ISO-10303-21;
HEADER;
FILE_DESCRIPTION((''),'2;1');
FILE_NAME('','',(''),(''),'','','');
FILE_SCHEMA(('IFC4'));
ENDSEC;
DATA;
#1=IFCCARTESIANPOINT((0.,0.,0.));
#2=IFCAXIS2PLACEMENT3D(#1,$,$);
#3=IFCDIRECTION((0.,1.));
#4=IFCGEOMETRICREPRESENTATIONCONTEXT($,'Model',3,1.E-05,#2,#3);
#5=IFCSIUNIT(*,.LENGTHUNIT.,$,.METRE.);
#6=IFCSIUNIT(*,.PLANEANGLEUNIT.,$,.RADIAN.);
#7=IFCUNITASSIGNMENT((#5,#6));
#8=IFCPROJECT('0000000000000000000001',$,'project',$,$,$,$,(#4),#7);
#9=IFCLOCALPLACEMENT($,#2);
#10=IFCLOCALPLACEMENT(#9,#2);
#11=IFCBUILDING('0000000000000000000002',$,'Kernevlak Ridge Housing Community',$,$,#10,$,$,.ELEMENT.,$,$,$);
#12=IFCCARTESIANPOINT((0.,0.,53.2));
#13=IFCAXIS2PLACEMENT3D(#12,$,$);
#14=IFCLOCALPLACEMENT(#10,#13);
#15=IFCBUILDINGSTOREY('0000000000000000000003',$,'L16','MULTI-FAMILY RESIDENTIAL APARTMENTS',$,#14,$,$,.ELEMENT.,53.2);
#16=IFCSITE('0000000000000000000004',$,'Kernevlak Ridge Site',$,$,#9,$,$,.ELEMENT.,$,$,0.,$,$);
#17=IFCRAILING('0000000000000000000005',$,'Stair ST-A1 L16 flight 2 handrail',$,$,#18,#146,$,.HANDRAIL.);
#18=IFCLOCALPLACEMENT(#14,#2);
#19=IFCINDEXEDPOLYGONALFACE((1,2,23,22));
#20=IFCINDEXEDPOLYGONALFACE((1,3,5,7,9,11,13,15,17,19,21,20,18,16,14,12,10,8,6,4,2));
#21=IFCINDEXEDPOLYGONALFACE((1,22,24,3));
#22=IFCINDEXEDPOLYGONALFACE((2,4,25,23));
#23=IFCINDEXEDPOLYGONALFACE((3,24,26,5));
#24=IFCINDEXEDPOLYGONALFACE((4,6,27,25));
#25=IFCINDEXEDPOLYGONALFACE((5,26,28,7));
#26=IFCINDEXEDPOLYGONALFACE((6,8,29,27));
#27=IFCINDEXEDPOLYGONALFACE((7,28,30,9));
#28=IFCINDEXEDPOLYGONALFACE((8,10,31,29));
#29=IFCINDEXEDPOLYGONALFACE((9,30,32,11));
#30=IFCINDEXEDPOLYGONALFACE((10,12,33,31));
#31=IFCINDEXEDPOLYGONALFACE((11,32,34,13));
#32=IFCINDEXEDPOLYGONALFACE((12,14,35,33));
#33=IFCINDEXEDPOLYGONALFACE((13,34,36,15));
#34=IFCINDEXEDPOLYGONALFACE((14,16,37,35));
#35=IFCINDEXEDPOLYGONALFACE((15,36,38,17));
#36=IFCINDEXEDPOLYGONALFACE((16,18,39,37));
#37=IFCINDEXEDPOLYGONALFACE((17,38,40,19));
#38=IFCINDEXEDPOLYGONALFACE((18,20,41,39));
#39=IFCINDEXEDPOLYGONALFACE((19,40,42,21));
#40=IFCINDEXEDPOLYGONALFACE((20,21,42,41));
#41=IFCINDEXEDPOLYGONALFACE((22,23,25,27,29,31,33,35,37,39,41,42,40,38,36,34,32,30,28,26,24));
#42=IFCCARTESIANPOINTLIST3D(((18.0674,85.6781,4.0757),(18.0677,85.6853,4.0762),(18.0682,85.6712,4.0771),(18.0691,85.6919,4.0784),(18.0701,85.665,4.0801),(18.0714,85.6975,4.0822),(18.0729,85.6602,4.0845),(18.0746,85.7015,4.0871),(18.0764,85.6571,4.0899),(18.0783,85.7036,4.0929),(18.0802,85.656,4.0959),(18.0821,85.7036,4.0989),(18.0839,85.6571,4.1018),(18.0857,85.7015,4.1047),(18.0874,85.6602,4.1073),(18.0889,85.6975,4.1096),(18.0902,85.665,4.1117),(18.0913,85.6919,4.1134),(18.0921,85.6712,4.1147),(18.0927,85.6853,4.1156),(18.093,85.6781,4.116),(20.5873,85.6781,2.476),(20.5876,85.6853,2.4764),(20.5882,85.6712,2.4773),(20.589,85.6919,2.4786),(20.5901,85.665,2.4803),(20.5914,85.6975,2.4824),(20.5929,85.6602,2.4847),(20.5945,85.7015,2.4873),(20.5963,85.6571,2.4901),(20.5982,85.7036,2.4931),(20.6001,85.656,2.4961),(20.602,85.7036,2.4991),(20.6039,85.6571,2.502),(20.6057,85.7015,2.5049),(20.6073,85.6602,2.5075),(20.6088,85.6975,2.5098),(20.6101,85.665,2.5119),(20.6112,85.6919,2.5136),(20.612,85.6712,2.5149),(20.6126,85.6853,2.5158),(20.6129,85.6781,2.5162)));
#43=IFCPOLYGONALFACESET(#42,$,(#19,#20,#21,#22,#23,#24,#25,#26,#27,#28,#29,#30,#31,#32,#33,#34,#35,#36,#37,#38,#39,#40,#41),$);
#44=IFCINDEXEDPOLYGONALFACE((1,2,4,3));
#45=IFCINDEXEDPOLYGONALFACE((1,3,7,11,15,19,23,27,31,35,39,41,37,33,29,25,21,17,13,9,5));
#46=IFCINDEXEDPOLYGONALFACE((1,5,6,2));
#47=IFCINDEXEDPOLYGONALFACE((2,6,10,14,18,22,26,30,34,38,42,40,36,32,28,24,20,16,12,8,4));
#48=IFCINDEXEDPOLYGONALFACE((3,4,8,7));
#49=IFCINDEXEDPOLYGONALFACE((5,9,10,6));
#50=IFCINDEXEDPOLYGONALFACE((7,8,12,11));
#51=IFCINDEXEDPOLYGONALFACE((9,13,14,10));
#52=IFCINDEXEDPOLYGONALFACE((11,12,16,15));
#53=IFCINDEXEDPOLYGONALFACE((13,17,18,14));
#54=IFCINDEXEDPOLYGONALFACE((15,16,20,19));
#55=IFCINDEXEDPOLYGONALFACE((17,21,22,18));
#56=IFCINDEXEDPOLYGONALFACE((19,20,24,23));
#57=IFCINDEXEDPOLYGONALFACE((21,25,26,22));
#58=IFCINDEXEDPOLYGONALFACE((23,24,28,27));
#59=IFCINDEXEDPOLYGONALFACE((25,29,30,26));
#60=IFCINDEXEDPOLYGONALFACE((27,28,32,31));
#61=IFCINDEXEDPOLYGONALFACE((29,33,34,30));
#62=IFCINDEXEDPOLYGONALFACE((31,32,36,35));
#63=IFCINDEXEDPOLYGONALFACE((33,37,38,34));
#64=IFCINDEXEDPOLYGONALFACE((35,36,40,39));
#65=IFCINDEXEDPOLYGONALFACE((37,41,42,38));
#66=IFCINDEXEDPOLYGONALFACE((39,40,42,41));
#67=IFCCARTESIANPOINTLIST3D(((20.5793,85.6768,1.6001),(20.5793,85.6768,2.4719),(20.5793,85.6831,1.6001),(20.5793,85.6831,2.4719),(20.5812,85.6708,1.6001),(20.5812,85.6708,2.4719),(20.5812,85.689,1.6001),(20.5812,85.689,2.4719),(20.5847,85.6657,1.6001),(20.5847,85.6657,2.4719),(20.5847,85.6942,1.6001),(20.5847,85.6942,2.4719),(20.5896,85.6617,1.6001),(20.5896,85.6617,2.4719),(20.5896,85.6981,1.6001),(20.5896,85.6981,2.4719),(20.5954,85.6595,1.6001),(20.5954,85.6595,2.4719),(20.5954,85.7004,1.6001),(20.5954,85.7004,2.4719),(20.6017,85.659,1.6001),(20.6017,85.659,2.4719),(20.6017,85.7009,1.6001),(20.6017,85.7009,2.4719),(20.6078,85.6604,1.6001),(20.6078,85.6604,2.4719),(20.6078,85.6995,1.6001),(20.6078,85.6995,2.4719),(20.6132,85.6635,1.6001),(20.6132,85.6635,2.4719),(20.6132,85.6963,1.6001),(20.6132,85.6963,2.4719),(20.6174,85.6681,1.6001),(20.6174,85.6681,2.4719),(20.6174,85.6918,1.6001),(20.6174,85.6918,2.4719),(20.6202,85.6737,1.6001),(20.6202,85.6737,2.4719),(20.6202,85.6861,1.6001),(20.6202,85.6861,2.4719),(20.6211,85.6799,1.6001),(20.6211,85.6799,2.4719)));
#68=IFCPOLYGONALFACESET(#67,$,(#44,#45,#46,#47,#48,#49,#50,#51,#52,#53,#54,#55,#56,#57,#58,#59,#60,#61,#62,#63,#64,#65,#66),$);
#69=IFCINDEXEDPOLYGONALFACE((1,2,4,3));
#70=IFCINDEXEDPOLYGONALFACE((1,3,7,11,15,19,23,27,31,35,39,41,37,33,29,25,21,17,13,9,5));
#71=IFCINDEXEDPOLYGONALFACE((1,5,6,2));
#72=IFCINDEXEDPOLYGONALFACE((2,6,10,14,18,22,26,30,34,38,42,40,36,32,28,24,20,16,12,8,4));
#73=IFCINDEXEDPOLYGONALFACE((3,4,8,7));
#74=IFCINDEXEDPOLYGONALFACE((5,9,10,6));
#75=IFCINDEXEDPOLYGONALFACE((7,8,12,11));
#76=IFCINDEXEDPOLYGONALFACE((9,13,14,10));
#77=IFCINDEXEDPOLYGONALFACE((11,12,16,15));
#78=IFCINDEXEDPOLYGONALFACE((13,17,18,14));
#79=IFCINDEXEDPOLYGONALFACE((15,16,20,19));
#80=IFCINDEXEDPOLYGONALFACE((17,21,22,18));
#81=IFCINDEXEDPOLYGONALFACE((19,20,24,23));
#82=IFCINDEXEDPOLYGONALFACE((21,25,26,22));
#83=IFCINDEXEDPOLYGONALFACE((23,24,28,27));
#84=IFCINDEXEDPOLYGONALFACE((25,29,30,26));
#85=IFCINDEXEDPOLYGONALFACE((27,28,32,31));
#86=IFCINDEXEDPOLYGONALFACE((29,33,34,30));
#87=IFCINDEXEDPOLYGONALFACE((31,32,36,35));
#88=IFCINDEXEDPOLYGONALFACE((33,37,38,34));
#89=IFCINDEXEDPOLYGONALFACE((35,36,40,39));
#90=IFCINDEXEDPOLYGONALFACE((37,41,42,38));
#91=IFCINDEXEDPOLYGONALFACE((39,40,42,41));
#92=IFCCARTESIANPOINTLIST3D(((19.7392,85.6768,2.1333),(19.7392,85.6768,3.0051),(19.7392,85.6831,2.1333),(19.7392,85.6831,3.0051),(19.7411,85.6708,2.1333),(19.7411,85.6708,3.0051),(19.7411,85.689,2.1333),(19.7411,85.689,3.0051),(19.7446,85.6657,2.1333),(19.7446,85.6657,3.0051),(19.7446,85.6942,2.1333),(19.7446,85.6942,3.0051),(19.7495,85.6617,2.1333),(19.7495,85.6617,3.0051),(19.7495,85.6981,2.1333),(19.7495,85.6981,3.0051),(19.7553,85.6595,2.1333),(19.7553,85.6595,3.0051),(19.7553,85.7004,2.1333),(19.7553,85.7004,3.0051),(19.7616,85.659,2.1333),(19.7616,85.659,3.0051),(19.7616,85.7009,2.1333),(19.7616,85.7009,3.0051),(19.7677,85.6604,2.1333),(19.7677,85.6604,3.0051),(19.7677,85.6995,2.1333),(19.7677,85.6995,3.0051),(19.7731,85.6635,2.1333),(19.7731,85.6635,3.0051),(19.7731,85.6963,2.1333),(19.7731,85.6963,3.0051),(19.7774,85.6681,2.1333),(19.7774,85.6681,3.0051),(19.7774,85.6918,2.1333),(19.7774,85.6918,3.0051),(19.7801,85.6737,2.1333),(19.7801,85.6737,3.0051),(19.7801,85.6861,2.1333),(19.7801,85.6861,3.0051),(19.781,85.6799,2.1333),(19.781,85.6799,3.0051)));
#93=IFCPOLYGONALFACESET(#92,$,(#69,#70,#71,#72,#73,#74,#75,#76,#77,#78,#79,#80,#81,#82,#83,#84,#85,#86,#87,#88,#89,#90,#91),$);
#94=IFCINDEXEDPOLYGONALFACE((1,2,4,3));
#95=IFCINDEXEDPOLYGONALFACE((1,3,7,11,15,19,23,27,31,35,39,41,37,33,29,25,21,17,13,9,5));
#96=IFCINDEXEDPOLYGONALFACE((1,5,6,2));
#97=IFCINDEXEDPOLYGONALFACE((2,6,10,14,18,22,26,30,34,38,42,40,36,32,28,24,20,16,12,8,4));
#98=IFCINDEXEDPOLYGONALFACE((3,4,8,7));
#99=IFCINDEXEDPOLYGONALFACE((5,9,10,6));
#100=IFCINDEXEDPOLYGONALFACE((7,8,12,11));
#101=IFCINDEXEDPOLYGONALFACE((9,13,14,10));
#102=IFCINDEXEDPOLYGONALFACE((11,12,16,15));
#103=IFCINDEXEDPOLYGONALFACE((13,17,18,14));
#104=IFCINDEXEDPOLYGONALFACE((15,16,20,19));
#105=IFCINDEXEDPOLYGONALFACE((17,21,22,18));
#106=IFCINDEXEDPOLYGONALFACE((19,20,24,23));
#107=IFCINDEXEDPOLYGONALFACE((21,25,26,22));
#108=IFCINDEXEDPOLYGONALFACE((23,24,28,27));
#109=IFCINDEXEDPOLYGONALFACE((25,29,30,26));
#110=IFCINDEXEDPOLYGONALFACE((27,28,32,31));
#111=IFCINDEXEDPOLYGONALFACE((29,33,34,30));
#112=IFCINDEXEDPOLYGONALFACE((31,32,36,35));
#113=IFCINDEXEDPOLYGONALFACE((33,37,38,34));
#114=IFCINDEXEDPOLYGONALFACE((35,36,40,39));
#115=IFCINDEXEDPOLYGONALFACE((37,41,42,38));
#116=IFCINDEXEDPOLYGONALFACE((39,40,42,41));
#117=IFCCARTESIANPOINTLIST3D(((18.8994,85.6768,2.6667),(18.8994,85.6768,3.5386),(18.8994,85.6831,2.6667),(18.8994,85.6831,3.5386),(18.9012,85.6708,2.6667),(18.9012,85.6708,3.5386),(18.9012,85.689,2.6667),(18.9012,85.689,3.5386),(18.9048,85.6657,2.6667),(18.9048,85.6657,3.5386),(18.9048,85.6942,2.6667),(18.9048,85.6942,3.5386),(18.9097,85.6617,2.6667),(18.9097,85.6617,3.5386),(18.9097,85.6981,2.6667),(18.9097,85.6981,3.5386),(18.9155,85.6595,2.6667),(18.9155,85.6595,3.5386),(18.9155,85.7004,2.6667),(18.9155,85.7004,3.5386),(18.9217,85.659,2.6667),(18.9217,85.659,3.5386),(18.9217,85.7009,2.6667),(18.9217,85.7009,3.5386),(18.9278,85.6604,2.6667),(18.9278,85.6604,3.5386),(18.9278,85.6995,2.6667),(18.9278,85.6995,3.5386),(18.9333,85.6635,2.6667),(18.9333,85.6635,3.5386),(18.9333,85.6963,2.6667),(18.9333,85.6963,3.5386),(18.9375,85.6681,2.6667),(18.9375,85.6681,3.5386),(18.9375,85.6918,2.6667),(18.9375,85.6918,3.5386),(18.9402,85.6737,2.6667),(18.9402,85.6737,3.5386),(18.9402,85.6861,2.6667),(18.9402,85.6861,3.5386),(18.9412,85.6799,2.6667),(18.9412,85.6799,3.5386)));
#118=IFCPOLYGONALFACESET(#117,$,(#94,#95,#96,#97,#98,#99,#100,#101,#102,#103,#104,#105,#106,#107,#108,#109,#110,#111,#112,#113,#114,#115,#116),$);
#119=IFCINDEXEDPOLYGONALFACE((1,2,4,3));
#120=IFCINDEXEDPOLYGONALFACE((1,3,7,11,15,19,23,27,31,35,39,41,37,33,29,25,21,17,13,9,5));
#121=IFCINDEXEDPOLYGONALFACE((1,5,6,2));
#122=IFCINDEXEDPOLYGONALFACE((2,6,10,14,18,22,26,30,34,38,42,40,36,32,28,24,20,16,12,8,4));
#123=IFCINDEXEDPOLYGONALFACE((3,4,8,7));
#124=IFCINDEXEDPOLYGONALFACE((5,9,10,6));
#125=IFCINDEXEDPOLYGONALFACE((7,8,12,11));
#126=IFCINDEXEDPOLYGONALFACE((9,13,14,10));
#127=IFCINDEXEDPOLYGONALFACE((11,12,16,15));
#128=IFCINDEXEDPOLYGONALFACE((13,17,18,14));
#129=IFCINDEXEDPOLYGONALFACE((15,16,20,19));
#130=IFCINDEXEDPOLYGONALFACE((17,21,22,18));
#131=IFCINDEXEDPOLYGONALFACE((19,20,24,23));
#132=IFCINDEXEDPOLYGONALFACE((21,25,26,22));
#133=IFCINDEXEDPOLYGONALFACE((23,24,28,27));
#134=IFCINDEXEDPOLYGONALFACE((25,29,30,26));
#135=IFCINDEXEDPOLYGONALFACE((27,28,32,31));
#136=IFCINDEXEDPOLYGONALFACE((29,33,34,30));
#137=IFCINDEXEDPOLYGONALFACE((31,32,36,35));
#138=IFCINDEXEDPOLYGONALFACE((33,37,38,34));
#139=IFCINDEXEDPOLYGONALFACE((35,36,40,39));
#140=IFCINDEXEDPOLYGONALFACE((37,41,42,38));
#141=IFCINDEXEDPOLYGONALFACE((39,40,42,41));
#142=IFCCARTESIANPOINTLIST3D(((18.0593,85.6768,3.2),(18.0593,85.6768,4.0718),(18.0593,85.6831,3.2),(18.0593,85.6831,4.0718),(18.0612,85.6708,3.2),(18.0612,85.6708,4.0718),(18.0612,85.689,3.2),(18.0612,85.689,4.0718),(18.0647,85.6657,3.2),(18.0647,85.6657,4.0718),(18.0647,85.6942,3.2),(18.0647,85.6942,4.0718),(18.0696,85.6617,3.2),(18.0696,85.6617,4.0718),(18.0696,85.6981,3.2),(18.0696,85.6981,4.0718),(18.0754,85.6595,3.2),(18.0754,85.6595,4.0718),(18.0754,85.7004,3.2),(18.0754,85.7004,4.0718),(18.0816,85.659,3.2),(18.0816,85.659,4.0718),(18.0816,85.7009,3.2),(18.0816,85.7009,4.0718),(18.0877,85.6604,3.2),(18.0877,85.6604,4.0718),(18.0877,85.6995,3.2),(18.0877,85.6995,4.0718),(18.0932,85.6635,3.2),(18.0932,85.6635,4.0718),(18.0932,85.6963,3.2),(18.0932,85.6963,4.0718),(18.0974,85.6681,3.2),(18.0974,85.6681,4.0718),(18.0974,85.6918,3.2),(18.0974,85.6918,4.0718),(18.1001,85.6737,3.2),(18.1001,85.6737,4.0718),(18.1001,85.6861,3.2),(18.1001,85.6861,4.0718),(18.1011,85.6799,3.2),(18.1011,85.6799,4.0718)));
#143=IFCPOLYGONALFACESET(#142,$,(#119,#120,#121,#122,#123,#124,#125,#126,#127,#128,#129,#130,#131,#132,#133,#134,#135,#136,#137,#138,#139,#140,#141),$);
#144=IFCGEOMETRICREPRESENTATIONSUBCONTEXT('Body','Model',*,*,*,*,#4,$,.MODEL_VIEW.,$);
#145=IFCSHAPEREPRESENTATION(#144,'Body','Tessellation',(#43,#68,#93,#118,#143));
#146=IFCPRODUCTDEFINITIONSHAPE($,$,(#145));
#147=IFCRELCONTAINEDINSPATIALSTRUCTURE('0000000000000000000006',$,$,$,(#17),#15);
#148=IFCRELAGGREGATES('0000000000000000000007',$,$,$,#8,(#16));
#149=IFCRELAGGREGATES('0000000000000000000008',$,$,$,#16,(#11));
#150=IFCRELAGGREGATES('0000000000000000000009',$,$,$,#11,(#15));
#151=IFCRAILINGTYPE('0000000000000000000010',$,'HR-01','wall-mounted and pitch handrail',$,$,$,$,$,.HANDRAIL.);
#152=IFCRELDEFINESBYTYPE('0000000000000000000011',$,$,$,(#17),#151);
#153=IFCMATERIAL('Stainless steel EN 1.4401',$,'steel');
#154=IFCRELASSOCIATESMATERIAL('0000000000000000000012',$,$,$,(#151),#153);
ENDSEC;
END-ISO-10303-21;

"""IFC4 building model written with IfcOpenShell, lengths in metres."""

from ifc_helpers import new_model, si_unit, direction, frame, origin, origin_2d, place, context, subcontext, project, spatial, circle, extrude, material, type_object, element, save


model = new_model("IFC4")

# Units and contexts
model_context = context("Model", 3, precision=1e-05, world=origin(), true_north=direction((0.0, 1.0)))
body_context = subcontext(model_context, "Body", "Model", "MODEL_VIEW")
ifc_project = project(units=[si_unit("LENGTHUNIT", "METRE"), si_unit("PLANEANGLEUNIT", "RADIAN")], contexts=[model_context])

# Site, building, storey
site_placement = place(None, origin())
site = spatial("IfcSite", under=ifc_project, at=site_placement, Name="Kernevlak Ridge Site", CompositionType="ELEMENT", RefElevation=0.0)
building_placement = place(site_placement, origin())
building = spatial("IfcBuilding", under=site, at=building_placement, Name="Kernevlak Ridge Housing Community", CompositionType="ELEMENT")
storey_placement = place(building_placement, frame((0.0, 0.0, 53.2)))
storey = spatial("IfcBuildingStorey", under=building, at=storey_placement, Name="L16", Description="MULTI-FAMILY RESIDENTIAL APARTMENTS", CompositionType="ELEMENT", Elevation=53.2)

# Shared definitions
ifc_material_1 = material(Name="Stainless steel EN 1.4401", Category="steel")

# Railing
railing_type_1 = type_object("IfcRailingType", Name="HR-01", Description="wall-mounted and pitch handrail", PredefinedType="HANDRAIL", material=ifc_material_1)
railing_1_placement = place(storey_placement, frame((20.6001, 85.6799, 1.6001)))
element("IfcRailing", 1, at=railing_1_placement, inside=storey, type_object=railing_type_1, Name="Stair ST-A1 L16 flight 2 handrail", PredefinedType="HANDRAIL", context=body_context, shape_type="SweptSolid", body=[
    extrude(circle(Radius=0.0239, at=origin_2d()), frame((0.0, 0.0, 0.896), z_axis=(-0.844237, 0.0, 0.53597), x_axis=(0.0, -1.0, 0.0)), (0.0, 0.0, 1.0), 2.9849),
    extrude(circle(Radius=0.021, at=origin_2d()), origin(), (0.0, 0.0, 1.0), 0.8718),
    extrude(circle(Radius=0.021, at=origin_2d()), frame((-0.8401, 0.0, 0.5332)), (0.0, 0.0, 1.0), 0.8718),
    extrude(circle(Radius=0.021, at=origin_2d()), frame((-1.6799, 0.0, 1.0667)), (0.0, 0.0, 1.0), 0.8718),
    extrude(circle(Radius=0.021, at=origin_2d()), frame((-2.52, 0.0, 1.5999)), (0.0, 0.0, 1.0), 0.8718),
])

save(model, "model.ifc")
